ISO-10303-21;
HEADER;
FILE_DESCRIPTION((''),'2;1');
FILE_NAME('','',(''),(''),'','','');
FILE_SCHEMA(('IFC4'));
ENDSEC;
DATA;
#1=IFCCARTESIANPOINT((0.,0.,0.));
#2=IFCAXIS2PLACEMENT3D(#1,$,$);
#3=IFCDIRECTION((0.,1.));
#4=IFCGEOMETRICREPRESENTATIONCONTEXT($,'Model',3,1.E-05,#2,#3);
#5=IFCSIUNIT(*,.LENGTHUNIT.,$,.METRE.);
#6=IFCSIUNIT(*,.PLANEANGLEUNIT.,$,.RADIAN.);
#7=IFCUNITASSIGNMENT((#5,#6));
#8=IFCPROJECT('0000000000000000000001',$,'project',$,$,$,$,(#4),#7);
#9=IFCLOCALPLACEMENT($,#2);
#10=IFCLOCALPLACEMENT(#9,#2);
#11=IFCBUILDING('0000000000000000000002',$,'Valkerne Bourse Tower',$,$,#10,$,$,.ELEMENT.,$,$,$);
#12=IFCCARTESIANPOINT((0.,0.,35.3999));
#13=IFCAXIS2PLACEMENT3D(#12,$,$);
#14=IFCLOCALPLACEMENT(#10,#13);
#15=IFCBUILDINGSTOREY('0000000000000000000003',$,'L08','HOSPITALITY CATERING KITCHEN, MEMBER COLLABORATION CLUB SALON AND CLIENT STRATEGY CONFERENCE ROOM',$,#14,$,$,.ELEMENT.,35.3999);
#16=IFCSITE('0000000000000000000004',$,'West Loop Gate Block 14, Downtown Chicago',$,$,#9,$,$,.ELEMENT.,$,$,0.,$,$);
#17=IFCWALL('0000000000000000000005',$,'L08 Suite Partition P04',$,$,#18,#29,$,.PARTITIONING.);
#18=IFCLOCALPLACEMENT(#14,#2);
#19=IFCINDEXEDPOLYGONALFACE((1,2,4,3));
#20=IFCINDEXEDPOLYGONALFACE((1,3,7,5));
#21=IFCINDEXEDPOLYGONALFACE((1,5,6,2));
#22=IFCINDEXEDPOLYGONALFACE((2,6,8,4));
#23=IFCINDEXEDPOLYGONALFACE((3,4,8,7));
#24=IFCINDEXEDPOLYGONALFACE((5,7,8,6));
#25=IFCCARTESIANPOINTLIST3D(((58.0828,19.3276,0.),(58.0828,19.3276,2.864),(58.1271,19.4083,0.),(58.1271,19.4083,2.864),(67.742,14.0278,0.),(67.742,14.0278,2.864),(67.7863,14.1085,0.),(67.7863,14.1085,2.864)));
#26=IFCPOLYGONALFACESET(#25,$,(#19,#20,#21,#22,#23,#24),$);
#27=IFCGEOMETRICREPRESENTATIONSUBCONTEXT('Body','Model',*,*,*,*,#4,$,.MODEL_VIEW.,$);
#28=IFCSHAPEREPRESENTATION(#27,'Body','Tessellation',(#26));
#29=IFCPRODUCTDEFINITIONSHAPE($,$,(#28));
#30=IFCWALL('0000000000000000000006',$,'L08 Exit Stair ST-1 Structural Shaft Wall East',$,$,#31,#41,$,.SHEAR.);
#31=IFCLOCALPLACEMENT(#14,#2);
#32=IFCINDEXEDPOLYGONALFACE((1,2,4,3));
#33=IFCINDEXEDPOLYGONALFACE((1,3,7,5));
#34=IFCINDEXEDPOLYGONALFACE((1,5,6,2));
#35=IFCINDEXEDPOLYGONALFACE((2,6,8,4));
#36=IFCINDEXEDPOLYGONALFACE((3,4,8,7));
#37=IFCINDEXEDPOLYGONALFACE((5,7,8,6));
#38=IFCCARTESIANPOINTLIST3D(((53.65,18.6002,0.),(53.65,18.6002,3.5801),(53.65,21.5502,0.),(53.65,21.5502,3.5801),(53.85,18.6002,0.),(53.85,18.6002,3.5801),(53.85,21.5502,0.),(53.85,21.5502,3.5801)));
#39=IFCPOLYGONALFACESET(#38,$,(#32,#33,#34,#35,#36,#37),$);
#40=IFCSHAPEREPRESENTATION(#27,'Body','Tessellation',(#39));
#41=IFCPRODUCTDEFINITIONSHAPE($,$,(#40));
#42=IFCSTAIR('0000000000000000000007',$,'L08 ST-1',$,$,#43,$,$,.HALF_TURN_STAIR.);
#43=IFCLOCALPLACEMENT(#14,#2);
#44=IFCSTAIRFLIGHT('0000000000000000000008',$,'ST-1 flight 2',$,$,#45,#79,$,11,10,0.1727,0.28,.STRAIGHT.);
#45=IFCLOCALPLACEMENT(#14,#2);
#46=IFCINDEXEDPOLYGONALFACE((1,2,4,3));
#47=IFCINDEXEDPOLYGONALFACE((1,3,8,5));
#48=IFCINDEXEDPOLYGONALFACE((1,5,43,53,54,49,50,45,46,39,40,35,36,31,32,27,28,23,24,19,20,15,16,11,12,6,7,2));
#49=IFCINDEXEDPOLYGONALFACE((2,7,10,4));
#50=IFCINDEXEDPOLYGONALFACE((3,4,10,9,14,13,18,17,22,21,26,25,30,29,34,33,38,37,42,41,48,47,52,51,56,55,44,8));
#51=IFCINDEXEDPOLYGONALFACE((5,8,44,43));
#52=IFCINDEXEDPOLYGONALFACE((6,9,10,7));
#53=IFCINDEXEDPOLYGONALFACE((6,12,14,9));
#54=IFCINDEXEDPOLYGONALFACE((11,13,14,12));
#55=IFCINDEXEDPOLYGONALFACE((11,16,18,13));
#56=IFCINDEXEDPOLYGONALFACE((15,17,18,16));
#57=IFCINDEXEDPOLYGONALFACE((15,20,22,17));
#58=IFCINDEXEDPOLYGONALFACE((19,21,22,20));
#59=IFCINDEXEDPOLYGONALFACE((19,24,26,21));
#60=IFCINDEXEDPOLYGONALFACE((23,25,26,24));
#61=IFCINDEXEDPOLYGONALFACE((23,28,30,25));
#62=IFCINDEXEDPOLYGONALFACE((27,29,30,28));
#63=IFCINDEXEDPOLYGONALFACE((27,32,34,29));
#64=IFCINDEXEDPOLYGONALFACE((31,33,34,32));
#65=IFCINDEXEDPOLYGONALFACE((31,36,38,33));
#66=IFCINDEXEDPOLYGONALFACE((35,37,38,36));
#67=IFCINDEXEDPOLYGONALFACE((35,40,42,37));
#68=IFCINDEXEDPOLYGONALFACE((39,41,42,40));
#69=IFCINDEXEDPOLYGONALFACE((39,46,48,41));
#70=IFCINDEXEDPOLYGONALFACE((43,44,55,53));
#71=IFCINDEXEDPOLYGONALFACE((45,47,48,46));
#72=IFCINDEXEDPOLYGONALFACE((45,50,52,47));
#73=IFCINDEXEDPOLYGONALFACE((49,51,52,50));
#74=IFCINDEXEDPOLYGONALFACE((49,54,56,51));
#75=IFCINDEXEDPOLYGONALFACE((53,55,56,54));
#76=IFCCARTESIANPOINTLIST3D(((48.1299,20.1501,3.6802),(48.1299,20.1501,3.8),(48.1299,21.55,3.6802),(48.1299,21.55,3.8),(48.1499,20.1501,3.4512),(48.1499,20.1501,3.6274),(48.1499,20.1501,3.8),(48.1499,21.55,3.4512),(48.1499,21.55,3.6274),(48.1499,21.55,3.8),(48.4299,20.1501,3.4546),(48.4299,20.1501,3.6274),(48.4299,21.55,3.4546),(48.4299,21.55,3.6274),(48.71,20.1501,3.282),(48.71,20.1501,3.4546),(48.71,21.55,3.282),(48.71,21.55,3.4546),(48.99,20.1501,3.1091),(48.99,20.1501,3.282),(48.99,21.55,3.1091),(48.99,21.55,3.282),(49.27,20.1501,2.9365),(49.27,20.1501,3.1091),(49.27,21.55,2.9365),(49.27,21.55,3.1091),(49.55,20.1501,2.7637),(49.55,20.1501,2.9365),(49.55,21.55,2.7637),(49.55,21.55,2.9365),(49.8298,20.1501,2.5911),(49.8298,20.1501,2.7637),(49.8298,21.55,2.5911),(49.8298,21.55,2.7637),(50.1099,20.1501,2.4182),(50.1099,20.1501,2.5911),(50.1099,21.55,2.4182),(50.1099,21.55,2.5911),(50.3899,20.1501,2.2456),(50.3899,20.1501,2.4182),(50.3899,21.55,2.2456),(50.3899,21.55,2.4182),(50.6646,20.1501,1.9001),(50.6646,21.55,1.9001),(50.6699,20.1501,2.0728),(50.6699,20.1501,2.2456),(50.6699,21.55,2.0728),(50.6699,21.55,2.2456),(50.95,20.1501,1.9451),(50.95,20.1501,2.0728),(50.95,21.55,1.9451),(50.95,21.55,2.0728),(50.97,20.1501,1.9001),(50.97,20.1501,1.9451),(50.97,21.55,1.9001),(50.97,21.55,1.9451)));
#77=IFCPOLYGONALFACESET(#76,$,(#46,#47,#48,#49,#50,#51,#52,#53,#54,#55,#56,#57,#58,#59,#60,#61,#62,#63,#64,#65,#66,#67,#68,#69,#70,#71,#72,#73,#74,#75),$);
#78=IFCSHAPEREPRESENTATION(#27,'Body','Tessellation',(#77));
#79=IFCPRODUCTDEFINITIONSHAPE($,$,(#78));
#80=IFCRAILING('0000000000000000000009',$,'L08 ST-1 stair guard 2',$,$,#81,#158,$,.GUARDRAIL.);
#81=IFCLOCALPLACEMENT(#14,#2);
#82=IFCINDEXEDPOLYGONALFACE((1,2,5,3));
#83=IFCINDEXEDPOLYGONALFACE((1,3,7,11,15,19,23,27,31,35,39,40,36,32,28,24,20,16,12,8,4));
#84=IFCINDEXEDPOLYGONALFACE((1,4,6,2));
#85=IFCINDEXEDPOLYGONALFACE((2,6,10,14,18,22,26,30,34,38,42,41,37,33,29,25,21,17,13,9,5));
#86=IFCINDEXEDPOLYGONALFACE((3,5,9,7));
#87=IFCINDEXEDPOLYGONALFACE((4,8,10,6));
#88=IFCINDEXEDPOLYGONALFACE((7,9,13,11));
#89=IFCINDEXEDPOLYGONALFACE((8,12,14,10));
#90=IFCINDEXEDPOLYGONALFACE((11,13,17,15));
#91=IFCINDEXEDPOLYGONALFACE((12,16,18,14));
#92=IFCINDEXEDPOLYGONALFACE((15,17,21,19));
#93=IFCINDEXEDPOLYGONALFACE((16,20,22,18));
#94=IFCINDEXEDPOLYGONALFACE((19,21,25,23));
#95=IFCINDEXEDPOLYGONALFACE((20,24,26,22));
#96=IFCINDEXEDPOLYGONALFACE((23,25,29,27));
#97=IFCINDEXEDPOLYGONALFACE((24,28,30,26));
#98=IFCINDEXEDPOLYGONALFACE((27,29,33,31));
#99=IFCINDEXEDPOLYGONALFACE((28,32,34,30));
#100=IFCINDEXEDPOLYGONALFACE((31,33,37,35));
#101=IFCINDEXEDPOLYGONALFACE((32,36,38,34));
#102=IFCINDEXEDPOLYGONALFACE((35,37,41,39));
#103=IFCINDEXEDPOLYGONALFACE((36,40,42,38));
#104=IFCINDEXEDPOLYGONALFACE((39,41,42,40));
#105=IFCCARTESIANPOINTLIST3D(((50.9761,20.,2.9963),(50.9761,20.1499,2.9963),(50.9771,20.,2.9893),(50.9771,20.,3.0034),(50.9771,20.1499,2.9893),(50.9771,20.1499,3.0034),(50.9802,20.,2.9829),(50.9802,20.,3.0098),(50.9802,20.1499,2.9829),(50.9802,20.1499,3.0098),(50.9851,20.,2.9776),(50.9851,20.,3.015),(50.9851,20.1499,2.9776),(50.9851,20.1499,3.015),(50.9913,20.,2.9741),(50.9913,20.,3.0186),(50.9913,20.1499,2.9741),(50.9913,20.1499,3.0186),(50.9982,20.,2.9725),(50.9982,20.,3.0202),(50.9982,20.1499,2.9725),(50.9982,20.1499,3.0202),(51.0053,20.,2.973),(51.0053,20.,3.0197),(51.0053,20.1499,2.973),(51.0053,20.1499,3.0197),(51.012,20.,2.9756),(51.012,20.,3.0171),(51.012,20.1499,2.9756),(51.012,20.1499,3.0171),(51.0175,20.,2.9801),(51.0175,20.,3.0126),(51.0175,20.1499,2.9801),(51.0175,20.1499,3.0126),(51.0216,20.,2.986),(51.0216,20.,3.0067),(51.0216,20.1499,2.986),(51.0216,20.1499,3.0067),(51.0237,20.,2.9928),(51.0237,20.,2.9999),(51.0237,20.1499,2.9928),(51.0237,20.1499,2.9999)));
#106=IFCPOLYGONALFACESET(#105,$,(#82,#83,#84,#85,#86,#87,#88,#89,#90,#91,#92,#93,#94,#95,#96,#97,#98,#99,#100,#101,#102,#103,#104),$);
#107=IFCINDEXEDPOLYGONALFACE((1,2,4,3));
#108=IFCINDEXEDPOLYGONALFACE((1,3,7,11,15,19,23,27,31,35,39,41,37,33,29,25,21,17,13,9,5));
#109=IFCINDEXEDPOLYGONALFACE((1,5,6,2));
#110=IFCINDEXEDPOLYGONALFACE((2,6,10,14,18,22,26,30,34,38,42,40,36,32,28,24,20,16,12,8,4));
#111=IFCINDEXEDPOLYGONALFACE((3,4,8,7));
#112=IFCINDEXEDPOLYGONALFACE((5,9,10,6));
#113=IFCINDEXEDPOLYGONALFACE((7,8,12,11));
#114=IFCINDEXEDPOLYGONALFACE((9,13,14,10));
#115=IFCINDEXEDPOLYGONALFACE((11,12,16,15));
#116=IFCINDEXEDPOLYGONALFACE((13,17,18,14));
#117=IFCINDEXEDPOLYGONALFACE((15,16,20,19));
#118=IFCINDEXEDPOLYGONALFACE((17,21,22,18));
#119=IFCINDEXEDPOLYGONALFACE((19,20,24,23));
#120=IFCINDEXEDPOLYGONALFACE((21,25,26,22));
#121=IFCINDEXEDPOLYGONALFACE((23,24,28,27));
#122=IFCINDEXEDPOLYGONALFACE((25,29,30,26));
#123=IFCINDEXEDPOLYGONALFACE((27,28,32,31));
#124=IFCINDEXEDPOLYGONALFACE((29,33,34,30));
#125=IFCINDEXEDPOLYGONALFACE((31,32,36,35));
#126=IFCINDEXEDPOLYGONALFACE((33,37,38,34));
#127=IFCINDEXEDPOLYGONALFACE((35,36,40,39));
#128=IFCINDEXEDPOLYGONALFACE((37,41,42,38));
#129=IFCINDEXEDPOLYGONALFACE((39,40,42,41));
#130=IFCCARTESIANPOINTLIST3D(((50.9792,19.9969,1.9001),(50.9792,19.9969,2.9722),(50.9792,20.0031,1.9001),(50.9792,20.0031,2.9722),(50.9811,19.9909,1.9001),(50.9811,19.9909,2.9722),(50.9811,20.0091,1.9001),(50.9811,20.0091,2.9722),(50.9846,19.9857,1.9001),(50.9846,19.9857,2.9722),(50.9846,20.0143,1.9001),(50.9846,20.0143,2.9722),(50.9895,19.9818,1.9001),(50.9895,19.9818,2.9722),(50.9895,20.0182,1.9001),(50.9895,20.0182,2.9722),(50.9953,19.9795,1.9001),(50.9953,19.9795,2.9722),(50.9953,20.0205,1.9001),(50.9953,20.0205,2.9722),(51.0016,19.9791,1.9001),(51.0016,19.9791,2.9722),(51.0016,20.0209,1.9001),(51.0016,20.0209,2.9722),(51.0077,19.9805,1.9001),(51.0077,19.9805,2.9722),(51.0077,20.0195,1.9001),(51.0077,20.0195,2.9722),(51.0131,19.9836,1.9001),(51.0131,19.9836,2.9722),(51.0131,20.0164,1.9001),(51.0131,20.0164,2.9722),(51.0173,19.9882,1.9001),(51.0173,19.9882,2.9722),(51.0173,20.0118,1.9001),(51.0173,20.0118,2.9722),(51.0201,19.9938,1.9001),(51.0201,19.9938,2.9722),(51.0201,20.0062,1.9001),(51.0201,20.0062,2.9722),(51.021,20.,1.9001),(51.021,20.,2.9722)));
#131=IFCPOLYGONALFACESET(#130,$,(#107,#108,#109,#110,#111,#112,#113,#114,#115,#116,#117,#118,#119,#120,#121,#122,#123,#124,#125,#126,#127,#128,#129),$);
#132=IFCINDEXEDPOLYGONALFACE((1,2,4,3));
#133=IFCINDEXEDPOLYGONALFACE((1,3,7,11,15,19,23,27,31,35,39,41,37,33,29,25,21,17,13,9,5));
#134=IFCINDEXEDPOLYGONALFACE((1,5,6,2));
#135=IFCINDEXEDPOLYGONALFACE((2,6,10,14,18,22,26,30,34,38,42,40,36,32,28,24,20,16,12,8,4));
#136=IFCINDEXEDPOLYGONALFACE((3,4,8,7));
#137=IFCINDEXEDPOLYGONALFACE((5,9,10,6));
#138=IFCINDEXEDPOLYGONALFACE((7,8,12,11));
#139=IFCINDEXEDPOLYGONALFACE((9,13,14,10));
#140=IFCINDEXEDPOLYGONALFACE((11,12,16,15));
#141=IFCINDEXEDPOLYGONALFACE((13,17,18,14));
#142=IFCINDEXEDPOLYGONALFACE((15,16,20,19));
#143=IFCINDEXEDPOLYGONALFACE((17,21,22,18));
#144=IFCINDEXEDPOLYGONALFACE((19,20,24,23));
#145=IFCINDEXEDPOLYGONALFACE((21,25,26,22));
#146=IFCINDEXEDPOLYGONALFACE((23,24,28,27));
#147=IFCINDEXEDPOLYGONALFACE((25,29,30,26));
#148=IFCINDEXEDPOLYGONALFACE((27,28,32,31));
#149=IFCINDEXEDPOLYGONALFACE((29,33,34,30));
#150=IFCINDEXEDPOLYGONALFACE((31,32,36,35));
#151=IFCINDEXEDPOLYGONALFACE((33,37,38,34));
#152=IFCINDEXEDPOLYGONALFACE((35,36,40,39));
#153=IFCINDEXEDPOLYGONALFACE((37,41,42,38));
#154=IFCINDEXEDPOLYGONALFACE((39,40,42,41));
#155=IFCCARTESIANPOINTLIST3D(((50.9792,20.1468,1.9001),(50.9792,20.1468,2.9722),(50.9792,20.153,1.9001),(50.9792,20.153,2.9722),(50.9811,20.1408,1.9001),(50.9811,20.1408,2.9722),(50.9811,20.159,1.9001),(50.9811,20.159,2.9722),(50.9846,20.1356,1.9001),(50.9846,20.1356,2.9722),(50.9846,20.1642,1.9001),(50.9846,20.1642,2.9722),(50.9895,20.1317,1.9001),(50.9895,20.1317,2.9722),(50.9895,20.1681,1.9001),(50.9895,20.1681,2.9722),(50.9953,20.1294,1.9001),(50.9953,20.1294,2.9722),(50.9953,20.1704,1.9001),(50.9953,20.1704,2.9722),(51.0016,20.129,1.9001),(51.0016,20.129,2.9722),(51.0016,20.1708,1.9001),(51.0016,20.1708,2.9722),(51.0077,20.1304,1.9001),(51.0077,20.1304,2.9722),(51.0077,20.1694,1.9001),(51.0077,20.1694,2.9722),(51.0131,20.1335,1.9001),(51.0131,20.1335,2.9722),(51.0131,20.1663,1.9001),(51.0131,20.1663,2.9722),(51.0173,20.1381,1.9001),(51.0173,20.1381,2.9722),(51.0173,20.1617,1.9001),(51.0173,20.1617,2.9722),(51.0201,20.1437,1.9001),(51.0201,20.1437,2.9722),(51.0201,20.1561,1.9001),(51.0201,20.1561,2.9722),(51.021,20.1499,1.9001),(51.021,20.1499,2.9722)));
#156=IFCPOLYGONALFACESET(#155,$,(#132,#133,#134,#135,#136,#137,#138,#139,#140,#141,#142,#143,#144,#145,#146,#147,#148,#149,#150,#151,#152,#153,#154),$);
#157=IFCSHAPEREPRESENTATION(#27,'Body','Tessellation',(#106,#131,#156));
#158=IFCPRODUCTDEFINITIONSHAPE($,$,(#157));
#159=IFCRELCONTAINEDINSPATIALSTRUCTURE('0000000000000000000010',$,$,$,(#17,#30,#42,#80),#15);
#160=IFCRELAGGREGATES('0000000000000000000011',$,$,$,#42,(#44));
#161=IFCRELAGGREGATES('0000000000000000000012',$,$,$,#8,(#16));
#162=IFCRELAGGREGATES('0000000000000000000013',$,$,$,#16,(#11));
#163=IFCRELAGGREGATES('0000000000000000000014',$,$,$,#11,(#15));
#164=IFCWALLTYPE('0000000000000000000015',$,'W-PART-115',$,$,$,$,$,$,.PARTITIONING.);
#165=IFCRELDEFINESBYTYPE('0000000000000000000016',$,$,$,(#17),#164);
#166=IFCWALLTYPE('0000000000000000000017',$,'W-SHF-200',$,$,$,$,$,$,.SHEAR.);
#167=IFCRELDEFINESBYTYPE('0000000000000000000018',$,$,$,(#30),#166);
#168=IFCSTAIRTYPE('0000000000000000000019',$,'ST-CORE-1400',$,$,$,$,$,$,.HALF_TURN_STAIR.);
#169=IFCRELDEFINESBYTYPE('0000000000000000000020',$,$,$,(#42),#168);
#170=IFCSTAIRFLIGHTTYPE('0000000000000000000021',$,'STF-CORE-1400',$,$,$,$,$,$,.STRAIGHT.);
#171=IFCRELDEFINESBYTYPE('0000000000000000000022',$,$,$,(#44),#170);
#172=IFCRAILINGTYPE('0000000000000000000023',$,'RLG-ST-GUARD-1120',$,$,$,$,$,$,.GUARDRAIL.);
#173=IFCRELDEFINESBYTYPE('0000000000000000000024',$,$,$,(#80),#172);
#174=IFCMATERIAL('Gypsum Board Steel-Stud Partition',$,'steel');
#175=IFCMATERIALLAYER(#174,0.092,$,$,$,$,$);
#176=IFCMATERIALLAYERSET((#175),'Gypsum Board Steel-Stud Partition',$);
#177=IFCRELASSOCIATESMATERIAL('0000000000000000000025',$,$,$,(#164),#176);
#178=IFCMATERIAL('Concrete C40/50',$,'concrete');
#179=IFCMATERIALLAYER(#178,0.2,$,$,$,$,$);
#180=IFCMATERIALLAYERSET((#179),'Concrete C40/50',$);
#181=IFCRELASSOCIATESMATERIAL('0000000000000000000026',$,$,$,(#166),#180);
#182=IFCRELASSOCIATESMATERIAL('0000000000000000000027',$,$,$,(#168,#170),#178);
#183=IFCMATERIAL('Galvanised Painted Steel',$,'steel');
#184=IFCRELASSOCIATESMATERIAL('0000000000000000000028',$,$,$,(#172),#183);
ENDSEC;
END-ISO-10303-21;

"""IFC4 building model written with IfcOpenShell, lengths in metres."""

from ifc_helpers import new_model, si_unit, direction, frame, frame_2d, origin, origin_2d, place, context, subcontext, project, spatial, polyline, rectangle, circle, outline, extrude, material, layer, layer_set, type_object, element, aggregate, save


model = new_model("IFC4")

# Units and contexts
model_context = context("Model", 3, precision=1e-05, world=origin(), true_north=direction((0.0, 1.0)))
body_context = subcontext(model_context, "Body", "Model", "MODEL_VIEW")
ifc_project = project(units=[si_unit("LENGTHUNIT", "METRE"), si_unit("PLANEANGLEUNIT", "RADIAN")], contexts=[model_context])

# Site, building, storey
site_placement = place(None, origin())
site = spatial("IfcSite", under=ifc_project, at=site_placement, Name="West Loop Gate Block 14, Downtown Chicago", CompositionType="ELEMENT", RefElevation=0.0)
building_placement = place(site_placement, origin())
building = spatial("IfcBuilding", under=site, at=building_placement, Name="Valkerne Bourse Tower", CompositionType="ELEMENT")
storey_placement = place(building_placement, frame((0.0, 0.0, 35.3999)))
storey = spatial("IfcBuildingStorey", under=building, at=storey_placement, Name="L08", Description="HOSPITALITY CATERING KITCHEN, MEMBER COLLABORATION CLUB SALON AND CLIENT STRATEGY CONFERENCE ROOM", CompositionType="ELEMENT", Elevation=35.3999)

# Shared definitions
ifc_material_1 = material(Name="Galvanised Painted Steel", Category="steel")
ifc_material_2 = material(Name="Gypsum Board Steel-Stud Partition", Category="steel")

# Walls
ifc_layer_1 = layer(ifc_material_2, 0.092)
ifc_layer_set_1 = layer_set([ifc_layer_1], Name="Gypsum Board Steel-Stud Partition")
wall_type_1 = type_object("IfcWallType", Name="W-PART-115", PredefinedType="PARTITIONING", material=ifc_layer_set_1)
wall_1_placement = place(storey_placement, frame((58.105, 19.3679, 0.0), z_axis=(0.0, 0.0, 1.0), x_axis=(0.876704, -0.48103, 0.0)))
element("IfcWall", 1, at=wall_1_placement, inside=storey, type_object=wall_type_1, Name="L08 Suite Partition P04", PredefinedType="PARTITIONING", context=body_context, shape_type="SweptSolid", body=[
    extrude(rectangle(XDim=11.0176, YDim=0.092, at=frame_2d((5.5088, 0.0))), origin(), (0.0, 0.0, 1.0), 2.864),
])
ifc_material_3 = material(Name="Concrete C40/50", Category="concrete")
ifc_layer_2 = layer(ifc_material_3, 0.2)
ifc_layer_set_2 = layer_set([ifc_layer_2], Name="Concrete C40/50")
wall_type_2 = type_object("IfcWallType", Name="W-SHF-200", PredefinedType="SHEAR", material=ifc_layer_set_2)
wall_2_placement = place(storey_placement, frame((53.75, 18.6001, 0.0), z_axis=(0.0, 0.0, 1.0), x_axis=(0.0, 1.0, 0.0)))
element("IfcWall", 2, at=wall_2_placement, inside=storey, type_object=wall_type_2, Name="L08 Exit Stair ST-1 Structural Shaft Wall East", PredefinedType="SHEAR", context=body_context, shape_type="SweptSolid", body=[
    extrude(rectangle(XDim=2.95, YDim=0.2, at=frame_2d((1.4751, 0.0))), origin(), (0.0, 0.0, 1.0), 3.5801),
])

# Stair, stair flight
stair_type = type_object("IfcStairType", Name="ST-CORE-1400", PredefinedType="HALF_TURN_STAIR", material=ifc_material_3)
stair_placement = place(storey_placement, origin())
stair = element("IfcStair", 3, at=stair_placement, inside=storey, type_object=stair_type, Name="L08 ST-1", PredefinedType="HALF_TURN_STAIR")
stair_flight_type = type_object("IfcStairFlightType", Name="STF-CORE-1400", PredefinedType="STRAIGHT", material=ifc_material_3)
stair_flight_placement = place(storey_placement, frame((50.95, 20.8501, 1.9001), z_axis=(0.0, 0.0, 1.0), x_axis=(-1.0, 0.0, 0.0)))
stair_flight = element("IfcStairFlight", 4, at=stair_flight_placement, type_object=stair_flight_type, Name="ST-1 flight 2", NumberOfRisers=11, NumberOfTreads=10, PredefinedType="STRAIGHT", RiserHeight=0.1727, TreadLength=0.28, context=body_context, shape_type="SweptSolid", body=[
    extrude(outline(polyline([(-0.02, 0.0), (-0.02, 0.0449), (0.0, 0.0449), (0.0, 0.1726), (0.28, 0.1726), (0.28, 0.3455), (0.5601, 0.3455), (0.5601, 0.5181), (0.8401, 0.5181), (0.8401, 0.6909), (1.1201, 0.6909), (1.1201, 0.8635), (1.3999, 0.8635), (1.3999, 1.0364), (1.6799, 1.0364), (1.6799, 1.209), (1.96, 1.209), (1.96, 1.3818), (2.24, 1.3818), (2.24, 1.5544), (2.52, 1.5544), (2.52, 1.7273), (2.8, 1.7273), (2.8, 1.8999), (2.8201, 1.8999), (2.8201, 1.78), (2.8, 1.551), (0.2854, 0.0), (-0.02, 0.0)])), frame((0.0, 0.7, 0.0), z_axis=(0.0, -1.0, 0.0), x_axis=(1.0, 0.0, 0.0)), (0.0, 0.0, 1.0), 1.3999),
])
aggregate(stair, [stair_flight])

# Railing
railing_type_1 = type_object("IfcRailingType", Name="RLG-ST-GUARD-1120", PredefinedType="GUARDRAIL", material=ifc_material_1)
railing_1_placement = place(storey_placement, frame((51.0, 20.0, 1.9001)))
element("IfcRailing", 5, at=railing_1_placement, inside=storey, type_object=railing_type_1, Name="L08 ST-1 stair guard 2", PredefinedType="GUARDRAIL", context=body_context, shape_type="SweptSolid", body=[
    extrude(circle(Radius=0.0239, at=origin_2d()), frame((0.0, 0.0, 1.0962), z_axis=(0.0, 1.0, 0.0), x_axis=(-1.0, 0.0, 0.0)), (0.0, 0.0, 1.0), 0.1499),
    extrude(circle(Radius=0.021, at=origin_2d()), origin(), (0.0, 0.0, 1.0), 1.072),
    extrude(circle(Radius=0.021, at=origin_2d()), frame((0.0, 0.1499, 0.0)), (0.0, 0.0, 1.0), 1.072),
])

save(model, "model.ifc")
